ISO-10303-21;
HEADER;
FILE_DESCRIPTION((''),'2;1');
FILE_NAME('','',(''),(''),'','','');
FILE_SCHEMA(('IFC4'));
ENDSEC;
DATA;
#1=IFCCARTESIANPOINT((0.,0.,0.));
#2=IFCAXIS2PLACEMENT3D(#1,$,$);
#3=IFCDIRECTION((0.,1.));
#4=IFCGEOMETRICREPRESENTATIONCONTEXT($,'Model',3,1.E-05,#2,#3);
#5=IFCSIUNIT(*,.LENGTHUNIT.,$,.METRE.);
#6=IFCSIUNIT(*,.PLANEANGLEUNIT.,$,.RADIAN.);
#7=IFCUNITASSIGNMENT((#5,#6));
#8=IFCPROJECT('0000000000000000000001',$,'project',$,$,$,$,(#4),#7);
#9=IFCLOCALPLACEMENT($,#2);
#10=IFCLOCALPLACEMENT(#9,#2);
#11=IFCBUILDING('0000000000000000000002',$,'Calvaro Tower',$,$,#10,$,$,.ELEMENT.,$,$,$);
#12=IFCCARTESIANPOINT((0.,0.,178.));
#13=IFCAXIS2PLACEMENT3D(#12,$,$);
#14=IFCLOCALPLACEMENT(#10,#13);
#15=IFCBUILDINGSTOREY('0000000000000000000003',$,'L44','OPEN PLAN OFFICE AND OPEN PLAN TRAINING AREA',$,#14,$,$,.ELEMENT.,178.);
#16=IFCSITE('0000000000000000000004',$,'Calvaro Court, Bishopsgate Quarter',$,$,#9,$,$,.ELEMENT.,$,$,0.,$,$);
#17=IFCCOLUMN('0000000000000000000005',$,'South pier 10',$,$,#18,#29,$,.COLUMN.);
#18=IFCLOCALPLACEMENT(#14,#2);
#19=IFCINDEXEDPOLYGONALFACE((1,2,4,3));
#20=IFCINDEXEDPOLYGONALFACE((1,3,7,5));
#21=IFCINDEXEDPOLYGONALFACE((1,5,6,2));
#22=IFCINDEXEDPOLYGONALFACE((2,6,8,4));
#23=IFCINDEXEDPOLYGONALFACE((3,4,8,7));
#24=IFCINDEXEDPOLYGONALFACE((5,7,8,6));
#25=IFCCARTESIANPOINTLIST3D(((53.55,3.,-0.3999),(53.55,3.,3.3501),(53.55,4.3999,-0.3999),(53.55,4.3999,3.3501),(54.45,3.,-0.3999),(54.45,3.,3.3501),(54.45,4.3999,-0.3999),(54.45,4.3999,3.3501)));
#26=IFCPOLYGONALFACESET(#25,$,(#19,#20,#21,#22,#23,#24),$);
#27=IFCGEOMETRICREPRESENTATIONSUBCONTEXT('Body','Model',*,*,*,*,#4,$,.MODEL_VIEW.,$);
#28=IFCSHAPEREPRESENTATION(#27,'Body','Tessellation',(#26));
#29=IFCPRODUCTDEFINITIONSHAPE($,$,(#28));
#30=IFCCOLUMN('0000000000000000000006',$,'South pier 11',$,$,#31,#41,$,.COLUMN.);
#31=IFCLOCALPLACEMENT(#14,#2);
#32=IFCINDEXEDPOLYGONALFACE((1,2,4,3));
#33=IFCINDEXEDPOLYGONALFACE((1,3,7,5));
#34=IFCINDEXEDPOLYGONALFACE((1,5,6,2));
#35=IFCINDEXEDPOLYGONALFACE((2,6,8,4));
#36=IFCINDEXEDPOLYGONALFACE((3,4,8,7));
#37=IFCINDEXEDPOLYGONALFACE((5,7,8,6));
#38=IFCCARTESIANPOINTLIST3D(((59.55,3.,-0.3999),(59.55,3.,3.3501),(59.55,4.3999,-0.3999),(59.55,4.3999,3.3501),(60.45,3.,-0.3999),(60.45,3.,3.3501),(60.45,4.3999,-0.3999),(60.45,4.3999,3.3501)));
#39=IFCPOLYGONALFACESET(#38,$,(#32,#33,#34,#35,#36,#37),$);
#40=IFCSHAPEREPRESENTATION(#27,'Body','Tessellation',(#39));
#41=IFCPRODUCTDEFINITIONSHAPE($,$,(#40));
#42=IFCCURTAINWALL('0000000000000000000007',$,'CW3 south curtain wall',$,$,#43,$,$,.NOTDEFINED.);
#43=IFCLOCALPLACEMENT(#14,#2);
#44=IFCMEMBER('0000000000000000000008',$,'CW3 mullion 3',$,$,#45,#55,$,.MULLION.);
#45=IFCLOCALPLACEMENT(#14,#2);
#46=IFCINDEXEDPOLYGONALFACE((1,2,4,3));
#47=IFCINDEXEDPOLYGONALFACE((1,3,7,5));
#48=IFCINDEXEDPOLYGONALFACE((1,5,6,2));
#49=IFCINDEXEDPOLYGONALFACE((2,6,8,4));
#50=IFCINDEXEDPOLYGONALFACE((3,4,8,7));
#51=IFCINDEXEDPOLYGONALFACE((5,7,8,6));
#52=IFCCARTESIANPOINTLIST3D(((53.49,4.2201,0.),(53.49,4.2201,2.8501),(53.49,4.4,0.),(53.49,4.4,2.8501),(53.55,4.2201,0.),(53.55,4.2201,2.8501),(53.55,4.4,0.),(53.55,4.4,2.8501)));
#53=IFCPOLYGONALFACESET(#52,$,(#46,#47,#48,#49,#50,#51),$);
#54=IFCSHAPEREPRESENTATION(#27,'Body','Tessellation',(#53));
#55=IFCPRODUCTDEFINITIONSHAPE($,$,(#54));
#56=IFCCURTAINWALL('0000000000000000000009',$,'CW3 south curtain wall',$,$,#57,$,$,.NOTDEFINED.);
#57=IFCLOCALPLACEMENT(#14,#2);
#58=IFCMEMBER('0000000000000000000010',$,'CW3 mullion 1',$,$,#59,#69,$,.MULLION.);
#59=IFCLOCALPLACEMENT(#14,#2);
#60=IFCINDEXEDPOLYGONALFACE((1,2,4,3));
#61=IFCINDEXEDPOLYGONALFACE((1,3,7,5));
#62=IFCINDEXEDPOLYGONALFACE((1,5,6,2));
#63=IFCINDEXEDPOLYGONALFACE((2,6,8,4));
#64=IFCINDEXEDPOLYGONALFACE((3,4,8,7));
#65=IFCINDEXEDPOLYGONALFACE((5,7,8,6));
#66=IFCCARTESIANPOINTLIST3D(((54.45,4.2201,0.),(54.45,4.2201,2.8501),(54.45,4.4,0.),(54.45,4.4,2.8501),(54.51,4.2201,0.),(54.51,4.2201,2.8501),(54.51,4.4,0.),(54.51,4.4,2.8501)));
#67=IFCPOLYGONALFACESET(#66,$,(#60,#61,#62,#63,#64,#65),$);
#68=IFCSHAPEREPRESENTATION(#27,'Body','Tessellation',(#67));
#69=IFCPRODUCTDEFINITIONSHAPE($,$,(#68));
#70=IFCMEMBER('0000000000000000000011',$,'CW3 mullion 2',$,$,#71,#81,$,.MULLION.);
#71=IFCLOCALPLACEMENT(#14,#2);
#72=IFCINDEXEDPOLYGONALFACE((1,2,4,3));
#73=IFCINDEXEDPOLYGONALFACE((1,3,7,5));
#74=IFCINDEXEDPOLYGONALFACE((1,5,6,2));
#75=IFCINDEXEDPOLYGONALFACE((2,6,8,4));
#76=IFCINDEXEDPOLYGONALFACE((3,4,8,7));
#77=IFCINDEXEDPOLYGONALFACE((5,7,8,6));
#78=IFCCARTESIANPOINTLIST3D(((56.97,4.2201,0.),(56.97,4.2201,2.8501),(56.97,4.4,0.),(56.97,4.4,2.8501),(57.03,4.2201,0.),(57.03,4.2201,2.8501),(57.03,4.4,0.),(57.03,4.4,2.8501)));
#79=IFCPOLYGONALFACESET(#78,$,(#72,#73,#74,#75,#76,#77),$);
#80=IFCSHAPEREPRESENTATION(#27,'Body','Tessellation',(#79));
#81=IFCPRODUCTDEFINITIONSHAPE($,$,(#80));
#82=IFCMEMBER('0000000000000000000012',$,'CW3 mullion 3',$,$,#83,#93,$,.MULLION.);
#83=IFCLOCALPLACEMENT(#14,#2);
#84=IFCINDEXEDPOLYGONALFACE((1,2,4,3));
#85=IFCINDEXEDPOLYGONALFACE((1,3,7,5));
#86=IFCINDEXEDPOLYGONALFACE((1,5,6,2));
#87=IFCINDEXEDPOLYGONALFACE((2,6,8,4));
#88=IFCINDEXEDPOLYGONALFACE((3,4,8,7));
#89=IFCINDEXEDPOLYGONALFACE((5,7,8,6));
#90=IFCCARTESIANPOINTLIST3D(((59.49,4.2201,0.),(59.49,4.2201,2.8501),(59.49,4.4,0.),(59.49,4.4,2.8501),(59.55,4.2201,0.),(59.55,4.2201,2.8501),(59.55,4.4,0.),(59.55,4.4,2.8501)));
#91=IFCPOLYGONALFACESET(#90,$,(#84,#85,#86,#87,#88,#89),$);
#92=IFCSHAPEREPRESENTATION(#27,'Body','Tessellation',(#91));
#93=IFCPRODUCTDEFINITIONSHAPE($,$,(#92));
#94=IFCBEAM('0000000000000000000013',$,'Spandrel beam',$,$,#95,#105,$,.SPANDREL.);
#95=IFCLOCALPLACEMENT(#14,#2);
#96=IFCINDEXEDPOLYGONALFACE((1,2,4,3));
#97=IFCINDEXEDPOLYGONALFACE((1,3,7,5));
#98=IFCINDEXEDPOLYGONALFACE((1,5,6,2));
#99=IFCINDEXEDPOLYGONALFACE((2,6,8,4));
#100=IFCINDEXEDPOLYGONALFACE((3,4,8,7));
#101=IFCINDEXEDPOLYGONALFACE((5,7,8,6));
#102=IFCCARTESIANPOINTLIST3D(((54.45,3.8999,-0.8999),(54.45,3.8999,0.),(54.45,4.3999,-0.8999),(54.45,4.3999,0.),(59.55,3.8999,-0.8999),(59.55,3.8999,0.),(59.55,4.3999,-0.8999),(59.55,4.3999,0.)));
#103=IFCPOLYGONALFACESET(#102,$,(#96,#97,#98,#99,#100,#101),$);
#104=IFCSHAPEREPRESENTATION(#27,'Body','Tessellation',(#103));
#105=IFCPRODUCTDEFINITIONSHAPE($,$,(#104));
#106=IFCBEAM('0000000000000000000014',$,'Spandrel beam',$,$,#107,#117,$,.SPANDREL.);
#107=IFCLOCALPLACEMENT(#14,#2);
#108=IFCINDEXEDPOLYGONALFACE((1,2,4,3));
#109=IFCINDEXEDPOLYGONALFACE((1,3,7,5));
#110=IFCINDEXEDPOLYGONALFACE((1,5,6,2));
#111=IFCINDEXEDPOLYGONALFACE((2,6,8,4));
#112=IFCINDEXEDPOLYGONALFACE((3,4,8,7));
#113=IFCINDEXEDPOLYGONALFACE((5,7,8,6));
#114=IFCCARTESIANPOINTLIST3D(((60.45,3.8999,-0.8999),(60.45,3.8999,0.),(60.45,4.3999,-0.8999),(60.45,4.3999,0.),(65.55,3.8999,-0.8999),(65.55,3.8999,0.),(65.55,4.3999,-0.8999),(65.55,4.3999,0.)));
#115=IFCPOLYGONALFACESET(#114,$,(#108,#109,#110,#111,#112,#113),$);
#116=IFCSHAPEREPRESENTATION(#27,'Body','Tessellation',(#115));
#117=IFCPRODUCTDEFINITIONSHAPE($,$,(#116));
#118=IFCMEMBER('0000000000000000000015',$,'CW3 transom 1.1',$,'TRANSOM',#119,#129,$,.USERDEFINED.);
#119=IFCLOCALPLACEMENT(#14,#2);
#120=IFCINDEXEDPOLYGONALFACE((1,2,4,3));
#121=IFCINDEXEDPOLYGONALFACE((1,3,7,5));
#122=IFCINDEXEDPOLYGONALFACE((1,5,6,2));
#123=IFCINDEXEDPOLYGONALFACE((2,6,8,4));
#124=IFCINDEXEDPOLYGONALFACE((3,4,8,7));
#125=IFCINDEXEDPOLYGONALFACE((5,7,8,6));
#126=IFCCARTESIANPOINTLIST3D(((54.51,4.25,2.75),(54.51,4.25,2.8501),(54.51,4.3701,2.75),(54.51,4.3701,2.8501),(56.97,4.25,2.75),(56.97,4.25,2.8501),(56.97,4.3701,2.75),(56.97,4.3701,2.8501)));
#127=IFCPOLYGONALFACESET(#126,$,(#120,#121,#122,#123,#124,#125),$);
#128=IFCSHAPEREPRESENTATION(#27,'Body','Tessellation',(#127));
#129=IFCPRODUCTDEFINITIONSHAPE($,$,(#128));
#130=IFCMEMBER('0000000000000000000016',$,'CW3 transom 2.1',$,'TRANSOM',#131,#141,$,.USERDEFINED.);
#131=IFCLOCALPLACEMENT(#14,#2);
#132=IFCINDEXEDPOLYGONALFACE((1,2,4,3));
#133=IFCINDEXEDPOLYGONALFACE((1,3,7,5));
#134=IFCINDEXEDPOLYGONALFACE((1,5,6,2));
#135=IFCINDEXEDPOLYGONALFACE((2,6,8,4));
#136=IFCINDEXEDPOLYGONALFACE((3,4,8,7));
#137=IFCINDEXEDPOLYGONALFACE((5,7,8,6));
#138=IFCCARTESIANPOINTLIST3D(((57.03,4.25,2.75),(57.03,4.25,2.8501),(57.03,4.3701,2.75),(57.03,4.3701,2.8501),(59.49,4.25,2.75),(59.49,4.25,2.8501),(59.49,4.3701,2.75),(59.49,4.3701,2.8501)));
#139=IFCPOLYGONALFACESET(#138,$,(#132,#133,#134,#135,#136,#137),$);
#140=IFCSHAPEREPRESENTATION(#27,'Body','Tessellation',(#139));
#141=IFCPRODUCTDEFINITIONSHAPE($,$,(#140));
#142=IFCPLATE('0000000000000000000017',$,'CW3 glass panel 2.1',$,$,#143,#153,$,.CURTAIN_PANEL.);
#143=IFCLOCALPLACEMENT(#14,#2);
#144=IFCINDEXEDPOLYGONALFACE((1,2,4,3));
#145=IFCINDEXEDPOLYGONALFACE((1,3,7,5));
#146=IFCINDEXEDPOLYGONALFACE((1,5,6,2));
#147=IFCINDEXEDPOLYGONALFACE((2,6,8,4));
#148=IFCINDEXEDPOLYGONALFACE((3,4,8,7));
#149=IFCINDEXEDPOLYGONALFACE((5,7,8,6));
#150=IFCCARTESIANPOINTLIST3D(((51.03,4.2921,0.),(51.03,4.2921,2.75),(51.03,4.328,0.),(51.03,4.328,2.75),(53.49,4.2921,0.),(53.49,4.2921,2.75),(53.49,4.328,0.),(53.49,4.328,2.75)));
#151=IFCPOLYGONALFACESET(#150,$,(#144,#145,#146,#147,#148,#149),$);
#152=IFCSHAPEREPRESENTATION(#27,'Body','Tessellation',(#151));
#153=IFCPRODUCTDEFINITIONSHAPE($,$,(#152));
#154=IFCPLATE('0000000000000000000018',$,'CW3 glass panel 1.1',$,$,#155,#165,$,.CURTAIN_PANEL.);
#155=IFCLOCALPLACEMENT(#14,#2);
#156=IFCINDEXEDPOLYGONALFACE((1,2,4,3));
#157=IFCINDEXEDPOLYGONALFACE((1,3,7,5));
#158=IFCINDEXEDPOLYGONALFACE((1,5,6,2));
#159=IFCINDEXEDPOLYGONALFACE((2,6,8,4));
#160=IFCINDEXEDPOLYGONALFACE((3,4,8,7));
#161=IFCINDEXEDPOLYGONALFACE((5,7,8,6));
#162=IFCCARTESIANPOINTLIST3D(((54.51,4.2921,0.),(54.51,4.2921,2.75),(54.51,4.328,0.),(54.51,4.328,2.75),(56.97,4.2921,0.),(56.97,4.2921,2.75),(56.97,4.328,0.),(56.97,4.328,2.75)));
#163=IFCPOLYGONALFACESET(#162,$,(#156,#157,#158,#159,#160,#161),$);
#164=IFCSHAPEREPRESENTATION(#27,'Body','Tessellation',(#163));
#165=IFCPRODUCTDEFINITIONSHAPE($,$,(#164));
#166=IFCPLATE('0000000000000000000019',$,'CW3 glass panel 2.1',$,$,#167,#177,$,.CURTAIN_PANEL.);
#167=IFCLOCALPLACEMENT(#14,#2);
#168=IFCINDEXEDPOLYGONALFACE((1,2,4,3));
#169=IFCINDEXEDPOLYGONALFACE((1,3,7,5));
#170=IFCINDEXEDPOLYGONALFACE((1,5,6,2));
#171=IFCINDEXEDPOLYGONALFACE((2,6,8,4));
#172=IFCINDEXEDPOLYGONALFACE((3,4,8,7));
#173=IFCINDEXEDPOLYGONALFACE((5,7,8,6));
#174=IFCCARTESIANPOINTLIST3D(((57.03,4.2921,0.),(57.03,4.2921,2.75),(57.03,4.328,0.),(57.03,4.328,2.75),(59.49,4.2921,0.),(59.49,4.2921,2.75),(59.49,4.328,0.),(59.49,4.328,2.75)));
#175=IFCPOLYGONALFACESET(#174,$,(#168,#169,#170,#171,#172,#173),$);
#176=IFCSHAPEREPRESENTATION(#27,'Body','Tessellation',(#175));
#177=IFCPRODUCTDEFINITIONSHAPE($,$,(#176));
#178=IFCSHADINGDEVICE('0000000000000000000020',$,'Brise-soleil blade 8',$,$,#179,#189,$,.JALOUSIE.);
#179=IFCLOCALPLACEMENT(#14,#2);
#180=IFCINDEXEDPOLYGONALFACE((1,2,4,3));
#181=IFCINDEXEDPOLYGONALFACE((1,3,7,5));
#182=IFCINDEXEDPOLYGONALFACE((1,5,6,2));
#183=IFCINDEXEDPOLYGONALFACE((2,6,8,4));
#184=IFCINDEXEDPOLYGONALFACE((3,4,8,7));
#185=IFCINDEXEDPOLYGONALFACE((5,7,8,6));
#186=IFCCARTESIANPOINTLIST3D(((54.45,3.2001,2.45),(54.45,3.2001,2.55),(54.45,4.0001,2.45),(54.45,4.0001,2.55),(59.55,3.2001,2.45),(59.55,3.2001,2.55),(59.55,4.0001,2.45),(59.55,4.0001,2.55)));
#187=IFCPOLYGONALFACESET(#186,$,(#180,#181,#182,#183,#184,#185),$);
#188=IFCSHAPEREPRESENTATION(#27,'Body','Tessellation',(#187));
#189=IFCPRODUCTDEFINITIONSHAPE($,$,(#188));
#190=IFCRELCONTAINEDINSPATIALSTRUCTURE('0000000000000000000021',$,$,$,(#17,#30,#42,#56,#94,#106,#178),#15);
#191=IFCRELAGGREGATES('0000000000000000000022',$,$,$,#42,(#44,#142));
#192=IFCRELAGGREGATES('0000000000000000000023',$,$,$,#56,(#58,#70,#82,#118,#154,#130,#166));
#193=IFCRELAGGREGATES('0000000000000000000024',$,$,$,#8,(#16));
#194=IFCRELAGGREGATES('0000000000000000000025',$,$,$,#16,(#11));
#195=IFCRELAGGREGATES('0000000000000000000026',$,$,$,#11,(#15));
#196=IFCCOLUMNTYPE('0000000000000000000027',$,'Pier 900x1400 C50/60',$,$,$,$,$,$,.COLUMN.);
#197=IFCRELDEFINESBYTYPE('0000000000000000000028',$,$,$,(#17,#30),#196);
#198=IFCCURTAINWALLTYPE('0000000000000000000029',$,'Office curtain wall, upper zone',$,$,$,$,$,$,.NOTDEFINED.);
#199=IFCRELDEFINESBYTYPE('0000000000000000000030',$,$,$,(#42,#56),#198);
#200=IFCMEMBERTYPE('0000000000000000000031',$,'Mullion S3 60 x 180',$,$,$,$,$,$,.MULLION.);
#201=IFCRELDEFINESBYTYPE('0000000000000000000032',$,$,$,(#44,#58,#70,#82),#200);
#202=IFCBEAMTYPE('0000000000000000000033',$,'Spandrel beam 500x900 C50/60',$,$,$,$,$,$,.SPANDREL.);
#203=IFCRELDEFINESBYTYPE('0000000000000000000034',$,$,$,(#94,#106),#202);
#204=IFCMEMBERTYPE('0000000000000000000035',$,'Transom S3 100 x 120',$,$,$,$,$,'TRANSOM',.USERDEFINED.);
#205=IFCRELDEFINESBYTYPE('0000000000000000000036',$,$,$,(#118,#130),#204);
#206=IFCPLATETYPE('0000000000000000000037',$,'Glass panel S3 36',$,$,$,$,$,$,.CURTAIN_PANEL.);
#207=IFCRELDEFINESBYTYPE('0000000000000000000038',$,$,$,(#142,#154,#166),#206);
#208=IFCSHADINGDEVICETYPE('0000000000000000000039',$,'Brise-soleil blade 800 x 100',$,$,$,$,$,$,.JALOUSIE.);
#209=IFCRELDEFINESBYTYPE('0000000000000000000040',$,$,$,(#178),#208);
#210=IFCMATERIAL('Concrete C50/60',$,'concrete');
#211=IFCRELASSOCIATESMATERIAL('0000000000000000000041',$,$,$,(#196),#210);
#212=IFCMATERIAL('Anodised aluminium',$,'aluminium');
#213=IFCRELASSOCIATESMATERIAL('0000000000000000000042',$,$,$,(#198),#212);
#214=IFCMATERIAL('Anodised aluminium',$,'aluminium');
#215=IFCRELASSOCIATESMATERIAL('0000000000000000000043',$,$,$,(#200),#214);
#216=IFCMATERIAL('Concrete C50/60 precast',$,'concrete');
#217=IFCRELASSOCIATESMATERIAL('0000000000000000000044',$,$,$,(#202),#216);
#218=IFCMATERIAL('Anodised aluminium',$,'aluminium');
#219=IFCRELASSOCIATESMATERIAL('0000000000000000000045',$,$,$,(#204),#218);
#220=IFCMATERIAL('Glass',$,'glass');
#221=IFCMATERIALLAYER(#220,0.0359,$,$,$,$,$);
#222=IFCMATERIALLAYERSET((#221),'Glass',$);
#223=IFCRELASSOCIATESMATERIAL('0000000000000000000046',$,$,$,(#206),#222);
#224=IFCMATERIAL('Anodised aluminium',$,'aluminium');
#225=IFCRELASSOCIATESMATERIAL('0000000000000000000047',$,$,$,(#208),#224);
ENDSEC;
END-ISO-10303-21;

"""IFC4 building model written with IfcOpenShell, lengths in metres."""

from ifc_helpers import new_model, si_unit, direction, frame, origin, origin_2d, place, context, subcontext, project, spatial, rectangle, extrude, material, layer, layer_set, material_profile, profile_set, type_object, element, aggregate, save


model = new_model("IFC4")

# Units and contexts
model_context = context("Model", 3, precision=1e-05, world=origin(), true_north=direction((0.0, 1.0)))
body_context = subcontext(model_context, "Body", "Model", "MODEL_VIEW")
ifc_project = project(units=[si_unit("LENGTHUNIT", "METRE"), si_unit("PLANEANGLEUNIT", "RADIAN")], contexts=[model_context])

# Site, building, storey
site_placement = place(None, origin())
site = spatial("IfcSite", under=ifc_project, at=site_placement, Name="Calvaro Court, Bishopsgate Quarter", CompositionType="ELEMENT", RefElevation=0.0)
building_placement = place(site_placement, origin())
building = spatial("IfcBuilding", under=site, at=building_placement, Name="Calvaro Tower", CompositionType="ELEMENT")
storey_placement = place(building_placement, frame((0.0, 0.0, 178.0)))
storey = spatial("IfcBuildingStorey", under=building, at=storey_placement, Name="L44", Description="OPEN PLAN OFFICE AND OPEN PLAN TRAINING AREA", CompositionType="ELEMENT", Elevation=178.0)

# Columns
ifc_material_1 = material(Name="Concrete C50/60", Category="concrete")
ifc_material_profile_1 = material_profile(ifc_material_1, rectangle(XDim=0.8999, YDim=1.3999, at=origin_2d()), Name="RC 900x1400")
ifc_profile_set_1 = profile_set([ifc_material_profile_1], Name="Concrete C50/60")
column_type = type_object("IfcColumnType", Name="Pier 900x1400 C50/60", PredefinedType="COLUMN", material=ifc_profile_set_1)
for number, where, z_axis, x_axis, name in (
    (1, (54.0, 3.7, -0.3999), (0.0, 0.0, 1.0), (1.0, 0.0, 0.0), "South pier 10"),
    (2, (60.0, 3.7, -0.3999), (0.0, 0.0, 1.0), (1.0, 0.0, 0.0), "South pier 11"),
):
    element("IfcColumn", number, at=place(storey_placement, frame(where, z_axis=z_axis, x_axis=x_axis)), inside=storey, type_object=column_type, Name=name, PredefinedType="COLUMN", context=body_context, shape_type="SweptSolid", body=[
        extrude(rectangle(XDim=0.8999, YDim=1.3999, at=origin_2d()), origin(), (0.0, 0.0, 1.0), 3.75),
    ])

# Curtain wall, member
ifc_material_2 = material(Name="Anodised aluminium", Category="aluminium")
curtain_wall_type = type_object("IfcCurtainWallType", Name="Office curtain wall, upper zone", PredefinedType="NOTDEFINED", material=ifc_material_2)
curtain_wall_1_placement = place(storey_placement, origin())
curtain_wall_1 = element("IfcCurtainWall", 3, at=curtain_wall_1_placement, inside=storey, type_object=curtain_wall_type, Name="CW3 south curtain wall", PredefinedType="NOTDEFINED")
ifc_material_3 = material(Name="Anodised aluminium", Category="aluminium")
ifc_material_profile_2 = material_profile(ifc_material_3, rectangle(XDim=0.1799, YDim=0.0601, at=origin_2d()), Name="Mullion S3 60 x 180")
ifc_profile_set_2 = profile_set([ifc_material_profile_2], Name="Anodised aluminium")
member_type_1 = type_object("IfcMemberType", Name="Mullion S3 60 x 180", PredefinedType="MULLION", material=ifc_profile_set_2)
member_1_placement = place(storey_placement, frame((53.52, 4.3101, 0.0), z_axis=(0.0, 0.0, 1.0), x_axis=(0.0, 1.0, 0.0)))
member_1 = element("IfcMember", 4, at=member_1_placement, type_object=member_type_1, Name="CW3 mullion 3", PredefinedType="MULLION", context=body_context, shape_type="SweptSolid", body=[
    extrude(rectangle(XDim=0.1799, YDim=0.0601, at=origin_2d()), origin(), (0.0, 0.0, 1.0), 2.8501),
])

# Curtain wall, members
curtain_wall_2_placement = place(storey_placement, origin())
curtain_wall_2 = element("IfcCurtainWall", 5, at=curtain_wall_2_placement, inside=storey, type_object=curtain_wall_type, Name="CW3 south curtain wall", PredefinedType="NOTDEFINED")
member_2_placement = place(storey_placement, frame((54.48, 4.3101, 0.0), z_axis=(0.0, 0.0, 1.0), x_axis=(0.0, 1.0, 0.0)))
member_2 = element("IfcMember", 6, at=member_2_placement, type_object=member_type_1, Name="CW3 mullion 1", PredefinedType="MULLION", context=body_context, shape_type="SweptSolid", body=[
    extrude(rectangle(XDim=0.1799, YDim=0.0601, at=origin_2d()), origin(), (0.0, 0.0, 1.0), 2.8501),
])
member_3_placement = place(storey_placement, frame((57.0, 4.3101, 0.0), z_axis=(0.0, 0.0, 1.0), x_axis=(0.0, 1.0, 0.0)))
member_3 = element("IfcMember", 7, at=member_3_placement, type_object=member_type_1, Name="CW3 mullion 2", PredefinedType="MULLION", context=body_context, shape_type="SweptSolid", body=[
    extrude(rectangle(XDim=0.1799, YDim=0.0601, at=origin_2d()), origin(), (0.0, 0.0, 1.0), 2.8501),
])
member_4_placement = place(storey_placement, frame((59.52, 4.3101, 0.0), z_axis=(0.0, 0.0, 1.0), x_axis=(0.0, 1.0, 0.0)))
member_4 = element("IfcMember", 8, at=member_4_placement, type_object=member_type_1, Name="CW3 mullion 3", PredefinedType="MULLION", context=body_context, shape_type="SweptSolid", body=[
    extrude(rectangle(XDim=0.1799, YDim=0.0601, at=origin_2d()), origin(), (0.0, 0.0, 1.0), 2.8501),
])

# Beams
ifc_material_4 = material(Name="Concrete C50/60 precast", Category="concrete")
ifc_material_profile_3 = material_profile(ifc_material_4, rectangle(XDim=0.5, YDim=0.8999, at=origin_2d()), Name="RC 500x900")
ifc_profile_set_3 = profile_set([ifc_material_profile_3], Name="Concrete C50/60 precast")
beam_type = type_object("IfcBeamType", Name="Spandrel beam 500x900 C50/60", PredefinedType="SPANDREL", material=ifc_profile_set_3)
for number, where, z_axis, x_axis, name in (
    (9, (54.45, 4.1499, -0.45), (1.0, 0.0, 0.0), (0.0, 1.0, 0.0), "Spandrel beam"),
    (10, (60.45, 4.1499, -0.45), (1.0, 0.0, 0.0), (0.0, 1.0, 0.0), "Spandrel beam"),
):
    element("IfcBeam", number, at=place(storey_placement, frame(where, z_axis=z_axis, x_axis=x_axis)), inside=storey, type_object=beam_type, Name=name, PredefinedType="SPANDREL", context=body_context, shape_type="SweptSolid", body=[
        extrude(rectangle(XDim=0.5, YDim=0.8999, at=origin_2d()), origin(), (0.0, 0.0, 1.0), 5.1001),
    ])

# Members
ifc_material_5 = material(Name="Anodised aluminium", Category="aluminium")
ifc_material_profile_4 = material_profile(ifc_material_5, rectangle(XDim=0.1201, YDim=0.1001, at=origin_2d()), Name="Transom S3 100 x 120")
ifc_profile_set_4 = profile_set([ifc_material_profile_4], Name="Anodised aluminium")
member_type_2 = type_object("IfcMemberType", Name="Transom S3 100 x 120", ElementType="TRANSOM", PredefinedType="USERDEFINED", material=ifc_profile_set_4)
member_5_placement = place(storey_placement, frame((54.51, 4.3101, 2.8), z_axis=(1.0, 0.0, 0.0), x_axis=(0.0, 1.0, 0.0)))
member_5 = element("IfcMember", 11, at=member_5_placement, type_object=member_type_2, Name="CW3 transom 1.1", ObjectType="TRANSOM", PredefinedType="USERDEFINED", context=body_context, shape_type="SweptSolid", body=[
    extrude(rectangle(XDim=0.1201, YDim=0.1001, at=origin_2d()), origin(), (0.0, 0.0, 1.0), 2.46),
])
member_6_placement = place(storey_placement, frame((57.03, 4.3101, 2.8), z_axis=(1.0, 0.0, 0.0), x_axis=(0.0, 1.0, 0.0)))
member_6 = element("IfcMember", 12, at=member_6_placement, type_object=member_type_2, Name="CW3 transom 2.1", ObjectType="TRANSOM", PredefinedType="USERDEFINED", context=body_context, shape_type="SweptSolid", body=[
    extrude(rectangle(XDim=0.1201, YDim=0.1001, at=origin_2d()), origin(), (0.0, 0.0, 1.0), 2.46),
])

# Plates
ifc_material_6 = material(Name="Glass", Category="glass")
ifc_layer = layer(ifc_material_6, 0.0359)
ifc_layer_set = layer_set([ifc_layer], Name="Glass")
plate_type = type_object("IfcPlateType", Name="Glass panel S3 36", PredefinedType="CURTAIN_PANEL", material=ifc_layer_set)
plate_1_placement = place(storey_placement, frame((52.26, 4.3101, 0.0), z_axis=(0.0, 0.0, 1.0), x_axis=(1.0, 0.0, 0.0)))
plate_1 = element("IfcPlate", 13, at=plate_1_placement, type_object=plate_type, Name="CW3 glass panel 2.1", PredefinedType="CURTAIN_PANEL", context=body_context, shape_type="SweptSolid", body=[
    extrude(rectangle(XDim=2.46, YDim=0.0359, at=origin_2d()), origin(), (0.0, 0.0, 1.0), 2.75),
])
aggregate(curtain_wall_1, [member_1, plate_1])
plate_2_placement = place(storey_placement, frame((55.74, 4.3101, 0.0), z_axis=(0.0, 0.0, 1.0), x_axis=(1.0, 0.0, 0.0)))
plate_2 = element("IfcPlate", 14, at=plate_2_placement, type_object=plate_type, Name="CW3 glass panel 1.1", PredefinedType="CURTAIN_PANEL", context=body_context, shape_type="SweptSolid", body=[
    extrude(rectangle(XDim=2.46, YDim=0.0359, at=origin_2d()), origin(), (0.0, 0.0, 1.0), 2.75),
])
plate_3_placement = place(storey_placement, frame((58.26, 4.3101, 0.0), z_axis=(0.0, 0.0, 1.0), x_axis=(1.0, 0.0, 0.0)))
plate_3 = element("IfcPlate", 15, at=plate_3_placement, type_object=plate_type, Name="CW3 glass panel 2.1", PredefinedType="CURTAIN_PANEL", context=body_context, shape_type="SweptSolid", body=[
    extrude(rectangle(XDim=2.46, YDim=0.0359, at=origin_2d()), origin(), (0.0, 0.0, 1.0), 2.75),
])
aggregate(curtain_wall_2, [member_2, member_3, member_4, member_5, plate_2, member_6, plate_3])

# Shading device
ifc_material_7 = material(Name="Anodised aluminium", Category="aluminium")
ifc_material_profile_5 = material_profile(ifc_material_7, rectangle(XDim=0.8, YDim=0.1001, at=origin_2d()), Name="Brise-soleil blade 800 x 100")
ifc_profile_set_5 = profile_set([ifc_material_profile_5], Name="Anodised aluminium")
shading_device_type = type_object("IfcShadingDeviceType", Name="Brise-soleil blade 800 x 100", PredefinedType="JALOUSIE", material=ifc_profile_set_5)
for number, where, z_axis, x_axis, name in (
    (16, (54.45, 3.6001, 2.5), (1.0, 0.0, 0.0), (0.0, 1.0, 0.0), "Brise-soleil blade 8"),
):
    element("IfcShadingDevice", number, at=place(storey_placement, frame(where, z_axis=z_axis, x_axis=x_axis)), inside=storey, type_object=shading_device_type, Name=name, PredefinedType="JALOUSIE", context=body_context, shape_type="SweptSolid", body=[
        extrude(rectangle(XDim=0.8, YDim=0.1001, at=origin_2d()), origin(), (0.0, 0.0, 1.0), 5.1001),
    ])

save(model, "model.ifc")
